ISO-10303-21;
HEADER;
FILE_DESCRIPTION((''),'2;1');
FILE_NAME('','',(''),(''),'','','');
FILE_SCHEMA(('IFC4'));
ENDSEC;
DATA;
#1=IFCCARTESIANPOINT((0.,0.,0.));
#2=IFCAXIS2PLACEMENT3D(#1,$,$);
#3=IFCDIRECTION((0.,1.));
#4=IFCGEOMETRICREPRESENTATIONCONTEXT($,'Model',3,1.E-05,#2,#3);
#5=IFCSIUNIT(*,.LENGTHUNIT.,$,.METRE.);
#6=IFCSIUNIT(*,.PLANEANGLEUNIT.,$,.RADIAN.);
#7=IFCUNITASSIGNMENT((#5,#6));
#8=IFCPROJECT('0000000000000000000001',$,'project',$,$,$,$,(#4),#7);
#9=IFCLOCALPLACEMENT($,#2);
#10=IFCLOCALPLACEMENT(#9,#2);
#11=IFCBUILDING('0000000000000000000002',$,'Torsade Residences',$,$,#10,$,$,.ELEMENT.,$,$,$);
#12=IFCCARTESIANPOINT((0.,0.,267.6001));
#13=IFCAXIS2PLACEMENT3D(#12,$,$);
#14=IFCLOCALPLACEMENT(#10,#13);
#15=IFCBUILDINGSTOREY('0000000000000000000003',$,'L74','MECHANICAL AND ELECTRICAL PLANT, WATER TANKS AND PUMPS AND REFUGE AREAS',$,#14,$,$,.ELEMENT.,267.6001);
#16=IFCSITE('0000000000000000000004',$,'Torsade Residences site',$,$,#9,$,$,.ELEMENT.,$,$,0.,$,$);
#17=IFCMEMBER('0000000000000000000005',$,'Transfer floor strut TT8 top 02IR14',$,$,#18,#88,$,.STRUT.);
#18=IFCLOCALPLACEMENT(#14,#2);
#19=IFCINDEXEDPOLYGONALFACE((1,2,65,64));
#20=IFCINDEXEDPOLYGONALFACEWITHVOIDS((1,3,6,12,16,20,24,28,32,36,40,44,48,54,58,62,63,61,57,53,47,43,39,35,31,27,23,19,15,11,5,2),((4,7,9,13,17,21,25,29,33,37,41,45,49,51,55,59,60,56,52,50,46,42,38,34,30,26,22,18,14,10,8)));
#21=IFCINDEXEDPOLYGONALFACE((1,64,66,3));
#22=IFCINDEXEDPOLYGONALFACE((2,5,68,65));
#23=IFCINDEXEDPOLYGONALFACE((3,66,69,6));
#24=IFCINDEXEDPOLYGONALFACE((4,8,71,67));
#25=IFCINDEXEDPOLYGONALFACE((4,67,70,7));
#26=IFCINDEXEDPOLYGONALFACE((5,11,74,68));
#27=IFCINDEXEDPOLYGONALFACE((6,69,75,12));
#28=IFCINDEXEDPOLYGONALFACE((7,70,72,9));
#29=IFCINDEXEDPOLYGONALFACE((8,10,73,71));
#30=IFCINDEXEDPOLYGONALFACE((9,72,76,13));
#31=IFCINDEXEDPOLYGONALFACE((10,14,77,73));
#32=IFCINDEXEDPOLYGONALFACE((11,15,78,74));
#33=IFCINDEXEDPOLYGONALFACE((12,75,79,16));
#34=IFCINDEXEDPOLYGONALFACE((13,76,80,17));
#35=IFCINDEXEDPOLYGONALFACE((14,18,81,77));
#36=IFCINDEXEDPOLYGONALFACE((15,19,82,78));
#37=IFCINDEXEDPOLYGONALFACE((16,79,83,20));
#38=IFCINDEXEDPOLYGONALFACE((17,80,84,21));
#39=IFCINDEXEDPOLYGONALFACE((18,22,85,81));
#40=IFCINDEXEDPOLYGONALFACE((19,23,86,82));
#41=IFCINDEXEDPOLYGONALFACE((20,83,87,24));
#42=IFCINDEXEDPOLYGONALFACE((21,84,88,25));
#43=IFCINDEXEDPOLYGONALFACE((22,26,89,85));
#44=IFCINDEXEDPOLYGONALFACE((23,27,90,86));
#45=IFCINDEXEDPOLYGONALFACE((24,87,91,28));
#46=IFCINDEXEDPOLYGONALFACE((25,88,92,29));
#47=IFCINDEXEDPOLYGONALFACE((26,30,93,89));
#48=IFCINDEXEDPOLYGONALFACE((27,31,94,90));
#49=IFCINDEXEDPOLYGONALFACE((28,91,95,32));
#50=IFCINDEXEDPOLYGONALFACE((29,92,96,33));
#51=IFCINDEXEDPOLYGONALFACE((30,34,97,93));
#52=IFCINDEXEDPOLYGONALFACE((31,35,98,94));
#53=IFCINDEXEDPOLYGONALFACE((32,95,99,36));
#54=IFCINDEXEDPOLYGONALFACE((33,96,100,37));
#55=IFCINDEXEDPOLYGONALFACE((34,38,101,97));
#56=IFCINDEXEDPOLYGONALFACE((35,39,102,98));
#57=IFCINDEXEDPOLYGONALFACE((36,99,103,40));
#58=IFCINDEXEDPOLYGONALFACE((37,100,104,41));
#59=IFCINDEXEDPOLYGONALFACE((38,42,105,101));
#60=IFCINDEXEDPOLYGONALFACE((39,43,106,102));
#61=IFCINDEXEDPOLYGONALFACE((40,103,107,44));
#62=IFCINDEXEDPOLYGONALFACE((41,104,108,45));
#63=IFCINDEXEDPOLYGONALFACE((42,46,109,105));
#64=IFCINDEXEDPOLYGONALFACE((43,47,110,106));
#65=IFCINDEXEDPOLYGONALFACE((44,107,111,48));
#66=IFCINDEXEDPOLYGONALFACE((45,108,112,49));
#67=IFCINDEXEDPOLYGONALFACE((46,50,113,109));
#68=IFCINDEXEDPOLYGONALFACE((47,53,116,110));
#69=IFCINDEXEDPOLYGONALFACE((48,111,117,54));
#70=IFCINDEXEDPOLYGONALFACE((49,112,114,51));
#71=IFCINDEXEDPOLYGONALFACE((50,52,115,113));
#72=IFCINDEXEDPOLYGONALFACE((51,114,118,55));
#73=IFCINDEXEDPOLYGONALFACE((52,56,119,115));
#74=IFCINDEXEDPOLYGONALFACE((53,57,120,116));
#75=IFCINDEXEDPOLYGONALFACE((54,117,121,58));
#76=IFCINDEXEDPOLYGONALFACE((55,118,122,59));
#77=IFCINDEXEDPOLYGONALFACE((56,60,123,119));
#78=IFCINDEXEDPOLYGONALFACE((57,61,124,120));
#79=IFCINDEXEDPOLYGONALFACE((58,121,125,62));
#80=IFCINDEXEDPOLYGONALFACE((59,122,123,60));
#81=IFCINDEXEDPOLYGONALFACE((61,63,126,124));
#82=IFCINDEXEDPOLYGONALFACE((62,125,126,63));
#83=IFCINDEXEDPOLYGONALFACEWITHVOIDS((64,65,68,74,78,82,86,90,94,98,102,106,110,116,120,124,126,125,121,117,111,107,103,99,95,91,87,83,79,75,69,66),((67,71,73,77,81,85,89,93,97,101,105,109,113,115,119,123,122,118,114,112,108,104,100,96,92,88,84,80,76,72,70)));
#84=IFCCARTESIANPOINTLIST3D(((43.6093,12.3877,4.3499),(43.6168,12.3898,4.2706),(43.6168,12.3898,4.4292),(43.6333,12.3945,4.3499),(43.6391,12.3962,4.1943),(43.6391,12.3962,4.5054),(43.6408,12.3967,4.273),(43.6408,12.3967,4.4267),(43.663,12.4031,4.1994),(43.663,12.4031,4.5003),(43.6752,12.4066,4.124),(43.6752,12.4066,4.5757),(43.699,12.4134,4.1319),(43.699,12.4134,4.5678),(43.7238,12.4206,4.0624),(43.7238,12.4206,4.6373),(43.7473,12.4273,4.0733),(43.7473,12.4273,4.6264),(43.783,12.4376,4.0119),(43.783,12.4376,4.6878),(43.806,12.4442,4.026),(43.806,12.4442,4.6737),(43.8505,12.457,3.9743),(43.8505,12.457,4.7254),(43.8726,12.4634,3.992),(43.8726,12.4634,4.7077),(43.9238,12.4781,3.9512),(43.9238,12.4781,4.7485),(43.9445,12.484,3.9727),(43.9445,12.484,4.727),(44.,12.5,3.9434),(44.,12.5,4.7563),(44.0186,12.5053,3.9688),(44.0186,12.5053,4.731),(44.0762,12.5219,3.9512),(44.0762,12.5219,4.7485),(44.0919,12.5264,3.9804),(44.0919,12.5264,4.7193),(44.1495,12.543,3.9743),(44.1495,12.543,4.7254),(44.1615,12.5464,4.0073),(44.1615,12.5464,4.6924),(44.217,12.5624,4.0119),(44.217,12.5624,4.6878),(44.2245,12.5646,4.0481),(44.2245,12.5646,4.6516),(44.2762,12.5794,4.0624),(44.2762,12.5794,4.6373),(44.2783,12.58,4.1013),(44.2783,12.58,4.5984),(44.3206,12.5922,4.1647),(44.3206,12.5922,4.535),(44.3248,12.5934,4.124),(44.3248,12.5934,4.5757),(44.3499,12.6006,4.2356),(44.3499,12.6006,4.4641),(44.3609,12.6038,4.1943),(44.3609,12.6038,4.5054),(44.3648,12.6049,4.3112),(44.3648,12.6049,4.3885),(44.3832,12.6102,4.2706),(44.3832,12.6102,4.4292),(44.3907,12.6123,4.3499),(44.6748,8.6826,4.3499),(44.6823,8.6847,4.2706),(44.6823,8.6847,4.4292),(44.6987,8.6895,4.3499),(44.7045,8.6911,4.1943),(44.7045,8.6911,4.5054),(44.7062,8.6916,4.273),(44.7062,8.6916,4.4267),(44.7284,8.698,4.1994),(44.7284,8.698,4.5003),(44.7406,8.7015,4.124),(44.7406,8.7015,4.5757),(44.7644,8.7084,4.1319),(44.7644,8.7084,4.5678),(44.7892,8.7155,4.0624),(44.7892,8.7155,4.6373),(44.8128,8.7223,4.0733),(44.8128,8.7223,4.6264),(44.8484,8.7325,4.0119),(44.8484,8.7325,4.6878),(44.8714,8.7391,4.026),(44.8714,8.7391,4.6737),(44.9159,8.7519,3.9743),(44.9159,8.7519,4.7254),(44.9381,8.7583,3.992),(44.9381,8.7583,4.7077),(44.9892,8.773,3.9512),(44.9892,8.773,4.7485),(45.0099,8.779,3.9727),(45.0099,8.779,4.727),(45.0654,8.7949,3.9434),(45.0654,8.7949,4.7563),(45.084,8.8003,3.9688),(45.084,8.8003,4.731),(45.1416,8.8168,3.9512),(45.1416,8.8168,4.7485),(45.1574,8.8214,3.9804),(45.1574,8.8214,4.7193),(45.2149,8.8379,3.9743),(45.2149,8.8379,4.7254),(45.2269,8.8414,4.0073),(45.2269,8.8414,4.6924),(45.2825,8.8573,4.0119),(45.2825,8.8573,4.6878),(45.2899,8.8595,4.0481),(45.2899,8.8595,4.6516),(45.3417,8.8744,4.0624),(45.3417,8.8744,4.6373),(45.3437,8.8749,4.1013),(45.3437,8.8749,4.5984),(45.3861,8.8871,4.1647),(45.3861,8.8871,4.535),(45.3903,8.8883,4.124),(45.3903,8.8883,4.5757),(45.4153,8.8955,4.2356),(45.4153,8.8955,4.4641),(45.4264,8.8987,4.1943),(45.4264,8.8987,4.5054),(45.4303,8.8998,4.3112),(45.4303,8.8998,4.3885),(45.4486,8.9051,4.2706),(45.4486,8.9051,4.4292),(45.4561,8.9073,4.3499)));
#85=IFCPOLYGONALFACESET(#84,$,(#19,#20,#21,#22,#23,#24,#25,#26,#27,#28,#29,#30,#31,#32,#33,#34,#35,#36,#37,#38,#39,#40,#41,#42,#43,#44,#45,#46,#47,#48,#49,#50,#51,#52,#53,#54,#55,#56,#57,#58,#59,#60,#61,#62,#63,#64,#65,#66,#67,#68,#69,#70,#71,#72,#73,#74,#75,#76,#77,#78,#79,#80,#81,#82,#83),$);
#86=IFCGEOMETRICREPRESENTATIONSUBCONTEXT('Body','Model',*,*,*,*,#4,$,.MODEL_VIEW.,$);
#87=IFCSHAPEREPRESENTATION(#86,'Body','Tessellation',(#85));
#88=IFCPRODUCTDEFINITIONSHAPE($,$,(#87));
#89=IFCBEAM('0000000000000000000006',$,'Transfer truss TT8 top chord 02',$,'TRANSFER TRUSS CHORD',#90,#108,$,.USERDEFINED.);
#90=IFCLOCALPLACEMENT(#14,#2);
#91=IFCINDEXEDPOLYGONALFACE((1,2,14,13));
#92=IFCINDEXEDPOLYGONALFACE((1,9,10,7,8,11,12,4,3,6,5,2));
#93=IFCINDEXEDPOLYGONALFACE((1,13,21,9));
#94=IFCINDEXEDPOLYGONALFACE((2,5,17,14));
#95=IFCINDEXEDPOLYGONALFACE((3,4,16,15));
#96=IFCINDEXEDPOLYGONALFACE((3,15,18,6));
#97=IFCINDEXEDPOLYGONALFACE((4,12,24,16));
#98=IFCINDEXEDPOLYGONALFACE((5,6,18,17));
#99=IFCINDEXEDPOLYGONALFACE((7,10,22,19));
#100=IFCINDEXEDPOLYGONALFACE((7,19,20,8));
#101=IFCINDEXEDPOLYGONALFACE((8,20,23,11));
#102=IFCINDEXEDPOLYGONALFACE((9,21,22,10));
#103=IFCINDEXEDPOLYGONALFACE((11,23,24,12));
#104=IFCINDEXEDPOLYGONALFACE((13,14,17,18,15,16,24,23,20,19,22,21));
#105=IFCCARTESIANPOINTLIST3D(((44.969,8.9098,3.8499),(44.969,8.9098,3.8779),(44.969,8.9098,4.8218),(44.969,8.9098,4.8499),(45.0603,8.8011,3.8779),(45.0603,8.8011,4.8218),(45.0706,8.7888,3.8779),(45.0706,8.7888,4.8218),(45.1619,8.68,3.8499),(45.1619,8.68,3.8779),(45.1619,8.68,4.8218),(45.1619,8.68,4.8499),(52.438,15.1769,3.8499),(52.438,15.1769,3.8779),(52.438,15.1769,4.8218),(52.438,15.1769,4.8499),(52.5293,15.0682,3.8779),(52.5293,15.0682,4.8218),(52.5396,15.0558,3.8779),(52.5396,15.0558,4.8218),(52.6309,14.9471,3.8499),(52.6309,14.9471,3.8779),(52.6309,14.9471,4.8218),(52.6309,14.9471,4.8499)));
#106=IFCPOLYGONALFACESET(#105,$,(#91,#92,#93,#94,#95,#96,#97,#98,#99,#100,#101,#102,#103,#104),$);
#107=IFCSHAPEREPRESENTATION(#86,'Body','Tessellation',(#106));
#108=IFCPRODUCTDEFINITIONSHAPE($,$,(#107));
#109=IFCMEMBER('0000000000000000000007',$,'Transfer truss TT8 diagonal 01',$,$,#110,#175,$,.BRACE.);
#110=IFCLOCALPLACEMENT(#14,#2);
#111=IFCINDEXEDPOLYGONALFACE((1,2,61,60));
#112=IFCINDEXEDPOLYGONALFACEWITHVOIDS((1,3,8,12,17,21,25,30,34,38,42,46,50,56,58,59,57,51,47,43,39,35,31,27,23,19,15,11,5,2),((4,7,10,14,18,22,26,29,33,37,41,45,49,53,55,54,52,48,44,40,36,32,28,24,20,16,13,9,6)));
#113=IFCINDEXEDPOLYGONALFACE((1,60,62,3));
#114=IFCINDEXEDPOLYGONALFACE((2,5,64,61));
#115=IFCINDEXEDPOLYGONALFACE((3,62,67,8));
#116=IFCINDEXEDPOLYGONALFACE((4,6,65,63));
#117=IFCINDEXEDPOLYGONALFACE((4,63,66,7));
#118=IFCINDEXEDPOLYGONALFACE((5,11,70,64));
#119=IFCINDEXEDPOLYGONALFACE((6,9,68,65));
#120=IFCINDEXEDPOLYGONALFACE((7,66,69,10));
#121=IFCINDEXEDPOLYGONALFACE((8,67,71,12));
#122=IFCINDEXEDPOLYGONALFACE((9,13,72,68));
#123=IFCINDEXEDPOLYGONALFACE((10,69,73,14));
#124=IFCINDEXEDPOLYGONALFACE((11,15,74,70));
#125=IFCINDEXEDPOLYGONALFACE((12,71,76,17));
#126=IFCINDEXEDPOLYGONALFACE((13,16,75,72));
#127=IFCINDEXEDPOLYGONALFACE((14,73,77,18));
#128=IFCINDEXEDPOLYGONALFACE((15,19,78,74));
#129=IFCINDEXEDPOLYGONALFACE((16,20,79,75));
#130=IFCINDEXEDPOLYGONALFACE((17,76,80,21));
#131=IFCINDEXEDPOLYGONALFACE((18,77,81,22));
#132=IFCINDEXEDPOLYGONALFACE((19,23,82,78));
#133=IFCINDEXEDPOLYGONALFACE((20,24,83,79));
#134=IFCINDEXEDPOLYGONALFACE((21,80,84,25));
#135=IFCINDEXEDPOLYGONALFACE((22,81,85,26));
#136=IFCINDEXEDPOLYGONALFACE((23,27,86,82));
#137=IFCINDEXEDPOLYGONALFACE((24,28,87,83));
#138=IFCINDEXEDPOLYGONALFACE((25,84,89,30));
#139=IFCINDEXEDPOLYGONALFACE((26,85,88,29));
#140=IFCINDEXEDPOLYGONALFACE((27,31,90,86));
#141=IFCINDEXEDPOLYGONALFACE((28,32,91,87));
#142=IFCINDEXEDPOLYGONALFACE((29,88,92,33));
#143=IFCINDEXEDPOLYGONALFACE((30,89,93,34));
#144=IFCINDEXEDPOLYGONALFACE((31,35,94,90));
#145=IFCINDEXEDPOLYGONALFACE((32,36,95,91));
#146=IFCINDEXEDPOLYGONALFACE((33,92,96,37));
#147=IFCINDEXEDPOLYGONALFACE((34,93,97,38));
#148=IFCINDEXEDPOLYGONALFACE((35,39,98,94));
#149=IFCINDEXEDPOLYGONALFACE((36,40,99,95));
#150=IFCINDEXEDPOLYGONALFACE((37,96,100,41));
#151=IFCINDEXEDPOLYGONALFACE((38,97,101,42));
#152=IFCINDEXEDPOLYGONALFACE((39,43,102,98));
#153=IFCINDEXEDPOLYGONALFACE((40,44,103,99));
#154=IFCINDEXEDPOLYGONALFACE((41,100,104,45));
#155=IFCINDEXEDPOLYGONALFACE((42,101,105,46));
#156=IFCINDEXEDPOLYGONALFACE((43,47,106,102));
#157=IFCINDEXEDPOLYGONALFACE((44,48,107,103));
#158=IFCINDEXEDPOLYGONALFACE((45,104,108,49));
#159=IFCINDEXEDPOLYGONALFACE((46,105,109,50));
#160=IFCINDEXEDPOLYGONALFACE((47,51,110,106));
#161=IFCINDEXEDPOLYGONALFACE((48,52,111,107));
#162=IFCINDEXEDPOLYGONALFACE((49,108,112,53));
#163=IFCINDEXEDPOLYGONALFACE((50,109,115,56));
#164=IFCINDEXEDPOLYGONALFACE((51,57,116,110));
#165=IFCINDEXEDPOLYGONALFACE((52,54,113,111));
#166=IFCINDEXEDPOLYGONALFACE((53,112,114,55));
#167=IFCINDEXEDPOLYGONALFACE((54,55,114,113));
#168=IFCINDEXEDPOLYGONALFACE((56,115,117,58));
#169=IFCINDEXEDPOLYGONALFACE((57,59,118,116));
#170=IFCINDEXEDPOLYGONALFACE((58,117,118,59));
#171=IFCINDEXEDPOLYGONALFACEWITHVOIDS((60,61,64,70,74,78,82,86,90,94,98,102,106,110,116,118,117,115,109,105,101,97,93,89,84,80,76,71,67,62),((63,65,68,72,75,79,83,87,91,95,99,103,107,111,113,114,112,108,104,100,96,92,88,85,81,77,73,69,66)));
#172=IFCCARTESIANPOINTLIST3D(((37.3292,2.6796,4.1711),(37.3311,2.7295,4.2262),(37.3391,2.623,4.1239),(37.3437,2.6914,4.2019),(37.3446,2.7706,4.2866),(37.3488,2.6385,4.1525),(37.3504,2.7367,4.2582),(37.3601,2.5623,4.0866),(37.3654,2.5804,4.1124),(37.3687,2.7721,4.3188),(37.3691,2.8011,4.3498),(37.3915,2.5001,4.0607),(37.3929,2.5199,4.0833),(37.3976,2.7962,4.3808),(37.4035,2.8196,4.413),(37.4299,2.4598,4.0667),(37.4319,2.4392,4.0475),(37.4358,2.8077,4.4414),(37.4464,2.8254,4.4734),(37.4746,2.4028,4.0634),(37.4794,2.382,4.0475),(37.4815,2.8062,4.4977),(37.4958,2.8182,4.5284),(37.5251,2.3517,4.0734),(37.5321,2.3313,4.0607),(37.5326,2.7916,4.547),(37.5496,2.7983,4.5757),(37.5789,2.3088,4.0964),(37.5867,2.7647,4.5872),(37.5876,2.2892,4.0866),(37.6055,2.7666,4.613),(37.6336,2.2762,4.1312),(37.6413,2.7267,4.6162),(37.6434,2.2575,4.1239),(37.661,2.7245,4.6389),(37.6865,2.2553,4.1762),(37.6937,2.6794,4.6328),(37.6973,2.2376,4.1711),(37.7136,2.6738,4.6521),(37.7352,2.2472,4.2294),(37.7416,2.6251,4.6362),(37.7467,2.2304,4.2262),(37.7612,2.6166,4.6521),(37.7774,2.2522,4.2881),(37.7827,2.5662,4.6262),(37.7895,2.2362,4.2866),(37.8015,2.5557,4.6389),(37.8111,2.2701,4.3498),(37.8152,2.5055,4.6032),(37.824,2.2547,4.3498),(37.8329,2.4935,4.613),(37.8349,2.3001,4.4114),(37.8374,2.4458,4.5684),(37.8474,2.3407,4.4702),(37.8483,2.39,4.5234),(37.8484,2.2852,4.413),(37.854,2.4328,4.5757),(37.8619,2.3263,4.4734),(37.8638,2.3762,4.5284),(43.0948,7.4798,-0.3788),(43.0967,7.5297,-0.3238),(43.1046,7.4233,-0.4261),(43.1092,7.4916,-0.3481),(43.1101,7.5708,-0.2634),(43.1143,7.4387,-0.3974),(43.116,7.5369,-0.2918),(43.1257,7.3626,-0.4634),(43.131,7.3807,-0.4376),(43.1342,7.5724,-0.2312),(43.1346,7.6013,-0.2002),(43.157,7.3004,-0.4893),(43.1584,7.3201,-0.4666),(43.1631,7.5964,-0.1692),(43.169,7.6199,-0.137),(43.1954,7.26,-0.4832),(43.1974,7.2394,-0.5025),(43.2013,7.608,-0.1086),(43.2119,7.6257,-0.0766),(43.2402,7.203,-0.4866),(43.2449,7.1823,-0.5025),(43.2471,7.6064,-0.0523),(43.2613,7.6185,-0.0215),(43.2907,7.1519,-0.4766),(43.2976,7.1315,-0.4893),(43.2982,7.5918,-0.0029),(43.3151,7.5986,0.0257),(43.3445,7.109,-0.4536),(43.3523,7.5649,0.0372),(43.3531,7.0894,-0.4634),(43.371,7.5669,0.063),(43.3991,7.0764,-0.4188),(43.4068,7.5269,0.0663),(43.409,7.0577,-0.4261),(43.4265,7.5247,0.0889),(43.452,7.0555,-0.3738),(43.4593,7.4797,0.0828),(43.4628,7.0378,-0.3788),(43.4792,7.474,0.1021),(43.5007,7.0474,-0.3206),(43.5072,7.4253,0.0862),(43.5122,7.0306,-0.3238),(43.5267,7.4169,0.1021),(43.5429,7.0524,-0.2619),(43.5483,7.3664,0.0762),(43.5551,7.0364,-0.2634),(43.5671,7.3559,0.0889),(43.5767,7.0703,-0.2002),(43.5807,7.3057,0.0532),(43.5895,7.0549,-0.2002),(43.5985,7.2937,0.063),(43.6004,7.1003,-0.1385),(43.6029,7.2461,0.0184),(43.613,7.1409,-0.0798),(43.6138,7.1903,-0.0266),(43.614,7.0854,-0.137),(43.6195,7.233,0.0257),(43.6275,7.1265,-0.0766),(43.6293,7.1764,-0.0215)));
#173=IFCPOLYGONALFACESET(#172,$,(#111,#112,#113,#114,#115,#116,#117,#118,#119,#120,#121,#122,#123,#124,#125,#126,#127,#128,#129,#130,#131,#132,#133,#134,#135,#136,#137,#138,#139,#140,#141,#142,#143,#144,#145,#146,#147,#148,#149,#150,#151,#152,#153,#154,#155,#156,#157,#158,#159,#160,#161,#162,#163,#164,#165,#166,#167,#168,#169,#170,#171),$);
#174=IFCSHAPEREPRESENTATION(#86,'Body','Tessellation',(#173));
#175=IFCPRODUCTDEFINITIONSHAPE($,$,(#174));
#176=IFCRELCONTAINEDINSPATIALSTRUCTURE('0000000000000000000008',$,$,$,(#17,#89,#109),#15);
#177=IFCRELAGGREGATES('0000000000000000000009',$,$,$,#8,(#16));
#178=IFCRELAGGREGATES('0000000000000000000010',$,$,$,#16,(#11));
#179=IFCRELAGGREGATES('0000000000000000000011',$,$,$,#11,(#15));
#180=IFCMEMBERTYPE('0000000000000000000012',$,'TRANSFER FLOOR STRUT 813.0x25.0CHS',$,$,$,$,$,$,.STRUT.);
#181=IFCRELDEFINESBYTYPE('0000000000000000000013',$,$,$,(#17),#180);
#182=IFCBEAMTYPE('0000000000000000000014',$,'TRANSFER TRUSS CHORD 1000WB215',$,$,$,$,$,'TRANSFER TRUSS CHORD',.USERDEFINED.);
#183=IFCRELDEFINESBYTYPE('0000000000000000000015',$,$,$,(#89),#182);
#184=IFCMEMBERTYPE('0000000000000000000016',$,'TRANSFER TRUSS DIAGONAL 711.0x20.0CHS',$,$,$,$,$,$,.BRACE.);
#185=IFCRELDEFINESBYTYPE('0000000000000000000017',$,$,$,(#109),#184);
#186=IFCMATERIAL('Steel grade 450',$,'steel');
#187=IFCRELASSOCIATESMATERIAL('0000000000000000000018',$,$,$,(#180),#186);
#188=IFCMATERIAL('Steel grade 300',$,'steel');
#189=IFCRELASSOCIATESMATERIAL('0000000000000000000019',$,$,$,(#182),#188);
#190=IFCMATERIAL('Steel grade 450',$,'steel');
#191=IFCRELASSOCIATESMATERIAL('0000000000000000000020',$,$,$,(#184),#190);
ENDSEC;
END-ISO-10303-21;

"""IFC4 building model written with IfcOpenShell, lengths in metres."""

from ifc_helpers import new_model, si_unit, direction, frame, origin, origin_2d, place, context, subcontext, project, spatial, hollow_circle, i_section, extrude, material, material_profile, profile_set, type_object, element, save


model = new_model("IFC4")

# Units and contexts
model_context = context("Model", 3, precision=1e-05, world=origin(), true_north=direction((0.0, 1.0)))
body_context = subcontext(model_context, "Body", "Model", "MODEL_VIEW")
ifc_project = project(units=[si_unit("LENGTHUNIT", "METRE"), si_unit("PLANEANGLEUNIT", "RADIAN")], contexts=[model_context])

# Site, building, storey
site_placement = place(None, origin())
site = spatial("IfcSite", under=ifc_project, at=site_placement, Name="Torsade Residences site", CompositionType="ELEMENT", RefElevation=0.0)
building_placement = place(site_placement, origin())
building = spatial("IfcBuilding", under=site, at=building_placement, Name="Torsade Residences", CompositionType="ELEMENT")
storey_placement = place(building_placement, frame((0.0, 0.0, 267.6001)))
storey = spatial("IfcBuildingStorey", under=building, at=storey_placement, Name="L74", Description="MECHANICAL AND ELECTRICAL PLANT, WATER TANKS AND PUMPS AND REFUGE AREAS", CompositionType="ELEMENT", Elevation=267.6001)

# Member
ifc_material_1 = material(Name="Steel grade 450", Category="steel")
ifc_material_profile_1 = material_profile(ifc_material_1, hollow_circle(Radius=0.4065, WallThickness=0.0249, at=origin_2d()), Name="813.0x25.0CHS")
ifc_profile_set_1 = profile_set([ifc_material_profile_1], Name="Steel grade 450")
member_type_1 = type_object("IfcMemberType", Name="TRANSFER FLOOR STRUT 813.0x25.0CHS", PredefinedType="STRUT", material=ifc_profile_set_1)
member_1_placement = place(storey_placement, frame((45.0654, 8.7949, 4.3499), z_axis=(-0.27636, 0.961054, 0.0), x_axis=(-0.961054, -0.27636, 0.0)))
element("IfcMember", 1, at=member_1_placement, inside=storey, type_object=member_type_1, Name="Transfer floor strut TT8 top 02IR14", PredefinedType="STRUT", context=body_context, shape_type="SweptSolid", body=[
    extrude(hollow_circle(Radius=0.4065, WallThickness=0.0249, at=origin_2d()), origin(), (0.0, 0.0, 1.0), 3.8552),
])

# Beam
ifc_material_2 = material(Name="Steel grade 300", Category="steel")
ifc_material_profile_2 = material_profile(ifc_material_2, i_section(OverallWidth=0.3, OverallDepth=1.0, WebThickness=0.0161, FlangeThickness=0.0281, at=origin_2d()), Name="1000WB215")
ifc_profile_set_2 = profile_set([ifc_material_profile_2], Name="Steel grade 300")
beam_type_1 = type_object("IfcBeamType", Name="TRANSFER TRUSS CHORD 1000WB215", ElementType="TRANSFER TRUSS CHORD", PredefinedType="USERDEFINED", material=ifc_profile_set_2)
beam_1_placement = place(storey_placement, frame((45.0654, 8.7949, 4.3499), z_axis=(0.766052, 0.642779, 0.0), x_axis=(-0.642779, 0.766052, 0.0)))
element("IfcBeam", 2, at=beam_1_placement, inside=storey, type_object=beam_type_1, Name="Transfer truss TT8 top chord 02", ObjectType="TRANSFER TRUSS CHORD", PredefinedType="USERDEFINED", context=body_context, shape_type="SweptSolid", body=[
    extrude(i_section(OverallWidth=0.3, OverallDepth=1.0, WebThickness=0.0161, FlangeThickness=0.0281, at=origin_2d()), origin(), (0.0, 0.0, 1.0), 9.75),
])

# Member
ifc_material_3 = material(Name="Steel grade 450", Category="steel")
ifc_material_profile_3 = material_profile(ifc_material_3, hollow_circle(Radius=0.3555, WallThickness=0.02, at=origin_2d()), Name="711.0x20.0CHS")
ifc_profile_set_3 = profile_set([ifc_material_profile_3], Name="Steel grade 450")
member_type_2 = type_object("IfcMemberType", Name="TRANSFER TRUSS DIAGONAL 711.0x20.0CHS", PredefinedType="BRACE", material=ifc_profile_set_3)
member_2_placement = place(storey_placement, frame((43.3621, 7.3281, -0.2002), z_axis=(-0.657104, -0.547086, 0.518566), x_axis=(0.639839, -0.768509, 0.0)))
element("IfcMember", 3, at=member_2_placement, inside=storey, type_object=member_type_2, Name="Transfer truss TT8 diagonal 01", PredefinedType="BRACE", context=body_context, shape_type="SweptSolid", body=[
    extrude(hollow_circle(Radius=0.3555, WallThickness=0.02, at=origin_2d()), origin(), (0.0, 0.0, 1.0), 8.7742),
])

save(model, "model.ifc")
